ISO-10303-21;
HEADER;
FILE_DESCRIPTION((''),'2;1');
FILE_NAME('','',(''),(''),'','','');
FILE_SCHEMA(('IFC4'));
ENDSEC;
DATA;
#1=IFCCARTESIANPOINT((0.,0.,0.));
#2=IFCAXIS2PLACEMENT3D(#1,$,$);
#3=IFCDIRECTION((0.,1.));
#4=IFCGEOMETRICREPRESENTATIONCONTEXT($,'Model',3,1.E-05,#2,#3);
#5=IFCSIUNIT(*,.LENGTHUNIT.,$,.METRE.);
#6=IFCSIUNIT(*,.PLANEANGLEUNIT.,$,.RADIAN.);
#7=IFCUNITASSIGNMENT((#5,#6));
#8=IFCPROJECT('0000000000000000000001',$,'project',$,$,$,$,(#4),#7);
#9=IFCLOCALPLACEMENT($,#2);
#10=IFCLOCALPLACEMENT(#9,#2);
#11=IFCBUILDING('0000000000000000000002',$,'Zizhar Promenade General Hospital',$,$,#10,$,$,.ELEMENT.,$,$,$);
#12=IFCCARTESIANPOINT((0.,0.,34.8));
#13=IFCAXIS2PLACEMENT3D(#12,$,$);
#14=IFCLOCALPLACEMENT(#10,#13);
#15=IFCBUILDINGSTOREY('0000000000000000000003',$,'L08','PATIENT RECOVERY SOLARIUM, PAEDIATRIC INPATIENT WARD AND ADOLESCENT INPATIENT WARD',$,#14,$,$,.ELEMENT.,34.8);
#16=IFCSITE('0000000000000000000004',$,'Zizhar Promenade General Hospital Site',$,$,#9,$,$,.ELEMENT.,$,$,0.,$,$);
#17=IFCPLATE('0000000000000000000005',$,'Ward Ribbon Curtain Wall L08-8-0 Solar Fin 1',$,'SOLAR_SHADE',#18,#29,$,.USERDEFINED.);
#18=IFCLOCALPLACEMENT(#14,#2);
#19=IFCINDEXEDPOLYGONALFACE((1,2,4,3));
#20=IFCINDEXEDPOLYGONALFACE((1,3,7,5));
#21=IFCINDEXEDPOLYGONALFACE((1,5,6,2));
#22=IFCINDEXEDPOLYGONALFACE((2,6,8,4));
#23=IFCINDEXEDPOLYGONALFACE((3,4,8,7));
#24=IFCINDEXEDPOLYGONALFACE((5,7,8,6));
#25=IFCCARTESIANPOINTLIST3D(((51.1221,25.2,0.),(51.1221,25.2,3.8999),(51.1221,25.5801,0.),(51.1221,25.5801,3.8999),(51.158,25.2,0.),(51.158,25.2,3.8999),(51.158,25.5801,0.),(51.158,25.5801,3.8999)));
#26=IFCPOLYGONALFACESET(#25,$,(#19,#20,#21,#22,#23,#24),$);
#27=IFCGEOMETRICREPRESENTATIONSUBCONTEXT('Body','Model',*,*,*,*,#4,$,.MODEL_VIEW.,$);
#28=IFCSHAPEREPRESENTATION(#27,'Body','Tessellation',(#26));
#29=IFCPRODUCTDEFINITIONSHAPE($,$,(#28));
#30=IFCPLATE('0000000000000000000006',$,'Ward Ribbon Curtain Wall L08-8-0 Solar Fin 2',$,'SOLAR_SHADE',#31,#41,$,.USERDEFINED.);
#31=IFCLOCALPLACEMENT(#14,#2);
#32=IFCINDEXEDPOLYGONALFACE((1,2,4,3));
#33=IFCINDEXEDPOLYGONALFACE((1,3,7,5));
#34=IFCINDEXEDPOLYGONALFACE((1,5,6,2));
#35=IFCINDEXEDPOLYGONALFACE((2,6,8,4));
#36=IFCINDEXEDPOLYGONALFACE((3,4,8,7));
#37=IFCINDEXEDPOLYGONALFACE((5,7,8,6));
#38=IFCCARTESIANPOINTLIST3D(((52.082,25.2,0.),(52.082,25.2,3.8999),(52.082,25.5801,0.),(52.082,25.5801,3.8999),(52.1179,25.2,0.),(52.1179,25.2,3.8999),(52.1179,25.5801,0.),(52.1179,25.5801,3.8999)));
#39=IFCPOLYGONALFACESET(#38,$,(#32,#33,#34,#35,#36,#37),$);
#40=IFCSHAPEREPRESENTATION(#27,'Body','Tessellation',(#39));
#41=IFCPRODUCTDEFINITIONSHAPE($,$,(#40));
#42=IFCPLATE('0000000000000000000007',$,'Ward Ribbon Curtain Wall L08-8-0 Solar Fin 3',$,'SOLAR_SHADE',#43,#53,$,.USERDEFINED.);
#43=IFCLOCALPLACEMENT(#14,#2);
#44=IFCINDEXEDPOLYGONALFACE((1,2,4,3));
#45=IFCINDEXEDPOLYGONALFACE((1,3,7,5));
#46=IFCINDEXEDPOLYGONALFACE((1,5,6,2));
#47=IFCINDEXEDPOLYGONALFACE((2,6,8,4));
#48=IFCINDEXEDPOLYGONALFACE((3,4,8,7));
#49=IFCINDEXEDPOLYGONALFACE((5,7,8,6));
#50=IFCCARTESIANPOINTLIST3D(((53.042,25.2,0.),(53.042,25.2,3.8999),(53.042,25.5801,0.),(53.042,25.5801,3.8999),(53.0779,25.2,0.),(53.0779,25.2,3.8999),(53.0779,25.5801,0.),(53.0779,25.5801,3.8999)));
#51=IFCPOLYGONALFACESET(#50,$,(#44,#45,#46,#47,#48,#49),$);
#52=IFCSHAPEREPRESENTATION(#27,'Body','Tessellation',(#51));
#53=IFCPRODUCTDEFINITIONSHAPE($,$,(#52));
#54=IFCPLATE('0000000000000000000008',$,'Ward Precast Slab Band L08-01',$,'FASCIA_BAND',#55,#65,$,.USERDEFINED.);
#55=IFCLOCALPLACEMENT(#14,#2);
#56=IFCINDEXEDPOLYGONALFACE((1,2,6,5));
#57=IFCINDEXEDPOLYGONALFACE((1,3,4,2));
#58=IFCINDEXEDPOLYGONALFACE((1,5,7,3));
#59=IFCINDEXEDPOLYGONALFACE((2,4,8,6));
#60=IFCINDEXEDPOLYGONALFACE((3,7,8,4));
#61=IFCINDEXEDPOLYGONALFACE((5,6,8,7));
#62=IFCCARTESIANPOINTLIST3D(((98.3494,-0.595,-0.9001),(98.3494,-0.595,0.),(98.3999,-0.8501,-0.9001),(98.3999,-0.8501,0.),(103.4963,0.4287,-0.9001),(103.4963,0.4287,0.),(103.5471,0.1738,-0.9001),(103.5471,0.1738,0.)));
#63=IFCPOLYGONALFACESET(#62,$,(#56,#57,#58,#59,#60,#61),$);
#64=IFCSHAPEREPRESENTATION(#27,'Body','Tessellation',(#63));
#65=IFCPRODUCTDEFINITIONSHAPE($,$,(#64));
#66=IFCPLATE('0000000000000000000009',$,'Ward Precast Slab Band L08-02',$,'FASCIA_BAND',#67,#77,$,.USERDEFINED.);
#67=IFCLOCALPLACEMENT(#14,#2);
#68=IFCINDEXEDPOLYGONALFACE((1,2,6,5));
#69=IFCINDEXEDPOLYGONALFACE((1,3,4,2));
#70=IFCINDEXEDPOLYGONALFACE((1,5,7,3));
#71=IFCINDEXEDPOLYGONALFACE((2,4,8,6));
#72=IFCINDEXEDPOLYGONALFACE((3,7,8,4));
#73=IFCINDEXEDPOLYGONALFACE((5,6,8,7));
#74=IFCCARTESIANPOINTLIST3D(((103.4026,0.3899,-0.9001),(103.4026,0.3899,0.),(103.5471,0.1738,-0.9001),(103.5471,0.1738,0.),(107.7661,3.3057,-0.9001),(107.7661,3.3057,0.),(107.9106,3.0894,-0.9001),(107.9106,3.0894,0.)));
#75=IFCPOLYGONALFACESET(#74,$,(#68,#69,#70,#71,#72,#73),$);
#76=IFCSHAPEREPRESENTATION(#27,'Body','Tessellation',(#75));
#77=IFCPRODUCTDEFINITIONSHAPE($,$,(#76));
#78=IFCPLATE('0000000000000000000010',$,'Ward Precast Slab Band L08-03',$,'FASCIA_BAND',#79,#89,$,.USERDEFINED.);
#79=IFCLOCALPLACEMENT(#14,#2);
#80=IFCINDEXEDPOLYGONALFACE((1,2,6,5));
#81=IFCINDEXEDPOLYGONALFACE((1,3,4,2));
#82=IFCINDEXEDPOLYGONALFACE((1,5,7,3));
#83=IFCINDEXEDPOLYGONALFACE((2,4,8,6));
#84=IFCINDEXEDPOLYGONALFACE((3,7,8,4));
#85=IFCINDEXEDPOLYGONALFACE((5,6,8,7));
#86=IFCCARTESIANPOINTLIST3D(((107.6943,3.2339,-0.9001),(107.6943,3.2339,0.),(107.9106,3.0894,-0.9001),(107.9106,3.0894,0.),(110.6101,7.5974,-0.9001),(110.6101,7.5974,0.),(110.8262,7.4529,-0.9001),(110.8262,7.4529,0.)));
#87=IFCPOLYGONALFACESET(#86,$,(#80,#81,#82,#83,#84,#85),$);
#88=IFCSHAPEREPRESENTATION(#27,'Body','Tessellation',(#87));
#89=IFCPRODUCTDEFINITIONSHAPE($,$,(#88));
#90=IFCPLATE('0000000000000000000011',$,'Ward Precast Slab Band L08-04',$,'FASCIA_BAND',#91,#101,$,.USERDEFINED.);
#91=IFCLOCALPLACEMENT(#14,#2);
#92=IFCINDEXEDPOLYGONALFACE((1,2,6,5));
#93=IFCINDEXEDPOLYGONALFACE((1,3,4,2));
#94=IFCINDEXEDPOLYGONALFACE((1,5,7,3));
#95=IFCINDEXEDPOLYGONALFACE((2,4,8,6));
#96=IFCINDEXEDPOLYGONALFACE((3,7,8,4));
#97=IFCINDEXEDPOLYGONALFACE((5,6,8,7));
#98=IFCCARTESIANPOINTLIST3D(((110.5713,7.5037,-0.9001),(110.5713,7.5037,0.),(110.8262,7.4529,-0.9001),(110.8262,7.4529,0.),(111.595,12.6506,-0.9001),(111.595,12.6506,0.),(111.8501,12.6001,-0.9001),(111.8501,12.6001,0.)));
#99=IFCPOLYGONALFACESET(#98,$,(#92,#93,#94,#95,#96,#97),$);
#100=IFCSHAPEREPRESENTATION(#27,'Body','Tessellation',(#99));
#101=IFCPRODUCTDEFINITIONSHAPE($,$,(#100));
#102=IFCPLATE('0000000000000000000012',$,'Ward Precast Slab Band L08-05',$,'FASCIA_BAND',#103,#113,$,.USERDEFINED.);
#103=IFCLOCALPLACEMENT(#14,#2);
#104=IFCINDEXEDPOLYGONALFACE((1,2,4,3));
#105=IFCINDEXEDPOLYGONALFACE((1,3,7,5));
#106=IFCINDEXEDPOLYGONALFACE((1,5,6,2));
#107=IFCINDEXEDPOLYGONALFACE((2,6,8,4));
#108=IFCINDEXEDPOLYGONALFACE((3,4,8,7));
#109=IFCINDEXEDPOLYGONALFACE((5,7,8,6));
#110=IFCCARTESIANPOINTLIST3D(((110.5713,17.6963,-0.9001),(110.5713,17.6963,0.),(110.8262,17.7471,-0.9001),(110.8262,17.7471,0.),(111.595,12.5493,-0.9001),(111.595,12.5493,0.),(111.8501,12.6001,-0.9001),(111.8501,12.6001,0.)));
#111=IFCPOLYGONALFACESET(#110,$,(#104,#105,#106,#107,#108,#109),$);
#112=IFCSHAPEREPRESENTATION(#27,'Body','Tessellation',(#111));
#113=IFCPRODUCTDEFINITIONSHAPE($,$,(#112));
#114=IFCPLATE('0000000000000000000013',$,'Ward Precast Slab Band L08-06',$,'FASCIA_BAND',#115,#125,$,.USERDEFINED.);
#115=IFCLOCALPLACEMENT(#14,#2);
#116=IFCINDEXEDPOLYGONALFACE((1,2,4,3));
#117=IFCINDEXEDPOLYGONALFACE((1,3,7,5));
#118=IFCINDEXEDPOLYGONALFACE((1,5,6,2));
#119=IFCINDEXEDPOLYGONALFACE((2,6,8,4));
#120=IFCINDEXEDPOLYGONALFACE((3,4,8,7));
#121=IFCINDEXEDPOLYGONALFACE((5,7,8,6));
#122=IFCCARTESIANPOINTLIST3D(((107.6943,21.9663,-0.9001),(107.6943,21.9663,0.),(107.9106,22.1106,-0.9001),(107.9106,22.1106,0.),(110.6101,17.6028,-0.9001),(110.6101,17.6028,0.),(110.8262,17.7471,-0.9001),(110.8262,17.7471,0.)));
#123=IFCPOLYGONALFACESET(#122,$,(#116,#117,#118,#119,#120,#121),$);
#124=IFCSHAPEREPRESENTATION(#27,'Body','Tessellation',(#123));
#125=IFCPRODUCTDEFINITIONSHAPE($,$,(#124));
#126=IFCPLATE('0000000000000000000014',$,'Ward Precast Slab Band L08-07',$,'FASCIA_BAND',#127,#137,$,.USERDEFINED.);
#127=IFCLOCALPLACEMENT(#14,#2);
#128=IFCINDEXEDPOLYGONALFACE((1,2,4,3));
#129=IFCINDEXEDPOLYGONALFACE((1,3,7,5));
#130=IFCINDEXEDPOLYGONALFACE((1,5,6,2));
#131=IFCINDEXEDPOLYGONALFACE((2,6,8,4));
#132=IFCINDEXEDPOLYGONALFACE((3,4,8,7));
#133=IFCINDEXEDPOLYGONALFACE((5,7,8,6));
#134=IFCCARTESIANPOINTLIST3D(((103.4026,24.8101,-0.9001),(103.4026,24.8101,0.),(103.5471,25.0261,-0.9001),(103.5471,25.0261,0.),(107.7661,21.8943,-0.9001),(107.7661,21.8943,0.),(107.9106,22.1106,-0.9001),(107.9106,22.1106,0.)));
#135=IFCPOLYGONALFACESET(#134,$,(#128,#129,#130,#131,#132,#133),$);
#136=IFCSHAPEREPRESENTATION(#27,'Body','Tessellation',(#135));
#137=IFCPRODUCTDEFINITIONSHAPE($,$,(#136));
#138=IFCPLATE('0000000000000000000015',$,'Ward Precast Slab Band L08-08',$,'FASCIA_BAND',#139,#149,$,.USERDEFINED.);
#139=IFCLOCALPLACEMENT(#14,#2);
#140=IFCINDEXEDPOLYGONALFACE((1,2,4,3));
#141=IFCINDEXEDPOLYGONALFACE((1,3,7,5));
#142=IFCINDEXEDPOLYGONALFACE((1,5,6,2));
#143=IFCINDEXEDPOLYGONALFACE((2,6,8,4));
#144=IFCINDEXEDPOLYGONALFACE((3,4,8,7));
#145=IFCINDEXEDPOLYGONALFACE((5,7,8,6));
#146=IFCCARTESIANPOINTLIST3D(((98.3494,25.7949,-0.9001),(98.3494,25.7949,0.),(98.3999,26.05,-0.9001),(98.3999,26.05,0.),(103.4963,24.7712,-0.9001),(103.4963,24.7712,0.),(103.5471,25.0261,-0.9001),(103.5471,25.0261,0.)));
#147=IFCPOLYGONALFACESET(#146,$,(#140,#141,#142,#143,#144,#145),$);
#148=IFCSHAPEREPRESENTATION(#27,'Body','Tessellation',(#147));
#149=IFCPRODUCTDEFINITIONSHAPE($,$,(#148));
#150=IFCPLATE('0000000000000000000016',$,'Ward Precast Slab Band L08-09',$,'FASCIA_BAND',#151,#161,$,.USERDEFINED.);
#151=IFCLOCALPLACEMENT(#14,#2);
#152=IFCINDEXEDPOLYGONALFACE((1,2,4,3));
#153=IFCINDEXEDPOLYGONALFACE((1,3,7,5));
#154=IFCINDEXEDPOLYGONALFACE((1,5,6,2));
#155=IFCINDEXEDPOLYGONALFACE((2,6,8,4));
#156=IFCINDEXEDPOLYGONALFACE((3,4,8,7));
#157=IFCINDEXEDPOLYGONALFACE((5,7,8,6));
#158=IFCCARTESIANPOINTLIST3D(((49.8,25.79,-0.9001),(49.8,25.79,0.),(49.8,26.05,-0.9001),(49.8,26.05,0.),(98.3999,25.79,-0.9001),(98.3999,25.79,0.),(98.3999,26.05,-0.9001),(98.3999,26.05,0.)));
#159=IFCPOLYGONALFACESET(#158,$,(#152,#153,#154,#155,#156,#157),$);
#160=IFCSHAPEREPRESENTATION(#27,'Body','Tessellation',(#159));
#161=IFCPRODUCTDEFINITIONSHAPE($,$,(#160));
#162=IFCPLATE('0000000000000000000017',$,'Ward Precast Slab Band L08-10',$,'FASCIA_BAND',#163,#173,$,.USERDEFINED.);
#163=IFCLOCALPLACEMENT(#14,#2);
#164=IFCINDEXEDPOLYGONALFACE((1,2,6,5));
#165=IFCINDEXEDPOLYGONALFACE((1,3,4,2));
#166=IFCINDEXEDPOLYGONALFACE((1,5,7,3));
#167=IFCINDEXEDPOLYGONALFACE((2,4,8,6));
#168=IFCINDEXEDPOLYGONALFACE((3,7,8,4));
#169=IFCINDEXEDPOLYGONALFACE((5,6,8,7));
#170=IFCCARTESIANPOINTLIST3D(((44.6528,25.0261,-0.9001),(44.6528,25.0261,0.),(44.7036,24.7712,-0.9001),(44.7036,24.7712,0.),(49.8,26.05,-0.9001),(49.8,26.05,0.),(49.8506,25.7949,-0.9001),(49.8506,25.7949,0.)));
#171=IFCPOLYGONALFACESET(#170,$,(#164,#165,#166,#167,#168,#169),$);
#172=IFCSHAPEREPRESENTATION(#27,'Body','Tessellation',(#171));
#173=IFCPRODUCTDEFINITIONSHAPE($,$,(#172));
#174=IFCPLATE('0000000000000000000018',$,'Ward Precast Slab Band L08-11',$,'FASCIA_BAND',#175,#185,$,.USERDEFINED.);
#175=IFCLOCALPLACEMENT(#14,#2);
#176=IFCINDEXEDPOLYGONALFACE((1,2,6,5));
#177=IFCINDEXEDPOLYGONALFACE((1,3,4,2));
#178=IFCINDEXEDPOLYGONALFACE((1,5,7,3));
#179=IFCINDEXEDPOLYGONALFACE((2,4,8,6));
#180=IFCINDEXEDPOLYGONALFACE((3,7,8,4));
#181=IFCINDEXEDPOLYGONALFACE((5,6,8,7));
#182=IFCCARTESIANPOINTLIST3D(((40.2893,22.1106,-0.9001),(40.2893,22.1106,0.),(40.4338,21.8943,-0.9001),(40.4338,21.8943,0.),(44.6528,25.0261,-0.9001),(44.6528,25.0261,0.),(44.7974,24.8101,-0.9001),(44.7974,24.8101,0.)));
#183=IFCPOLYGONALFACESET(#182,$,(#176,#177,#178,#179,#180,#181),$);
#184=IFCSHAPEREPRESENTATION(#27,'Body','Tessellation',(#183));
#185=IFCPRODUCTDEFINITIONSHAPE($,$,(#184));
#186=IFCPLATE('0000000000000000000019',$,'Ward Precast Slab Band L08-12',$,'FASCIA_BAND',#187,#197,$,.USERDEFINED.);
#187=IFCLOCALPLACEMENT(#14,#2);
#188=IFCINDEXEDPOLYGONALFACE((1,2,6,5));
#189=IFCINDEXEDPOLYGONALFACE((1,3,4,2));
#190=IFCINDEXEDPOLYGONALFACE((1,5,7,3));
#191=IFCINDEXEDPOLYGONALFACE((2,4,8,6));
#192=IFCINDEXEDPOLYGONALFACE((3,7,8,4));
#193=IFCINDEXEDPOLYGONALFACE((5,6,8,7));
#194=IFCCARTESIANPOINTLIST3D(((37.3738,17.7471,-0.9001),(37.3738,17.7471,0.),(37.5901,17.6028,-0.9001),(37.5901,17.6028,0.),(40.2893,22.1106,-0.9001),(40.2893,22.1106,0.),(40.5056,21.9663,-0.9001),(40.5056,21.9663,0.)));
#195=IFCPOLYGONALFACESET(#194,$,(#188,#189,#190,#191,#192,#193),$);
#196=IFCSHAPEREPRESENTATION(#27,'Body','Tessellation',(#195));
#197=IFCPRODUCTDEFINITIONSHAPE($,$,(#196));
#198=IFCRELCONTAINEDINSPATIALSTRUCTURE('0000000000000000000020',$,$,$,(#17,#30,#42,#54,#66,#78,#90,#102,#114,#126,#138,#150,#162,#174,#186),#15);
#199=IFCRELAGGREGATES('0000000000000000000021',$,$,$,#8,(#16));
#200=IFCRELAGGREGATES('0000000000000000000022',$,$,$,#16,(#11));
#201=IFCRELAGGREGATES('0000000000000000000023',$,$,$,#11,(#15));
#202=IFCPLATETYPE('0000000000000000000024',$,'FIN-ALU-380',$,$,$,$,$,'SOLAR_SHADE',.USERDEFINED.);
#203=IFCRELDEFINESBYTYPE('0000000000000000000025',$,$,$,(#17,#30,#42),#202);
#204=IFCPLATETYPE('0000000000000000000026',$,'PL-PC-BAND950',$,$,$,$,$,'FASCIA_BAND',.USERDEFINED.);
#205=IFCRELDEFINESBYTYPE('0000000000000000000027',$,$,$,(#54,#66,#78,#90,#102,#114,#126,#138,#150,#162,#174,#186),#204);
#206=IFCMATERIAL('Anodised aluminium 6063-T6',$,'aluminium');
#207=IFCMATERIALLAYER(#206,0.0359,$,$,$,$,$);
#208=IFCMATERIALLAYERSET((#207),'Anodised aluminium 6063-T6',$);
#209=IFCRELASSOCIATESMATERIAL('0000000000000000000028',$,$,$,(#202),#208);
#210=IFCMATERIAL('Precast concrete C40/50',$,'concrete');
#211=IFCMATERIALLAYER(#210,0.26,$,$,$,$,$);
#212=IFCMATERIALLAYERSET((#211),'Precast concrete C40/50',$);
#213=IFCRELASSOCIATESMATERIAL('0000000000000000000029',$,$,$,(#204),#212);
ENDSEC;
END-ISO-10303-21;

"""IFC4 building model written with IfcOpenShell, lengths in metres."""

from ifc_helpers import new_model, si_unit, direction, frame, origin, place, context, subcontext, project, spatial, polyline, outline, extrude, material, layer, layer_set, type_object, element, save


model = new_model("IFC4")

# Units and contexts
model_context = context("Model", 3, precision=1e-05, world=origin(), true_north=direction((0.0, 1.0)))
body_context = subcontext(model_context, "Body", "Model", "MODEL_VIEW")
ifc_project = project(units=[si_unit("LENGTHUNIT", "METRE"), si_unit("PLANEANGLEUNIT", "RADIAN")], contexts=[model_context])

# Site, building, storey
site_placement = place(None, origin())
site = spatial("IfcSite", under=ifc_project, at=site_placement, Name="Zizhar Promenade General Hospital Site", CompositionType="ELEMENT", RefElevation=0.0)
building_placement = place(site_placement, origin())
building = spatial("IfcBuilding", under=site, at=building_placement, Name="Zizhar Promenade General Hospital", CompositionType="ELEMENT")
storey_placement = place(building_placement, frame((0.0, 0.0, 34.8)))
storey = spatial("IfcBuildingStorey", under=building, at=storey_placement, Name="L08", Description="PATIENT RECOVERY SOLARIUM, PAEDIATRIC INPATIENT WARD AND ADOLESCENT INPATIENT WARD", CompositionType="ELEMENT", Elevation=34.8)

# Plates
ifc_material_1 = material(Name="Anodised aluminium 6063-T6", Category="aluminium")
ifc_layer_1 = layer(ifc_material_1, 0.0359)
ifc_layer_set_1 = layer_set([ifc_layer_1], Name="Anodised aluminium 6063-T6")
plate_type_1 = type_object("IfcPlateType", Name="FIN-ALU-380", ElementType="SOLAR_SHADE", PredefinedType="USERDEFINED", material=ifc_layer_set_1)
plate_1_placement = place(storey_placement, origin())
element("IfcPlate", 1, at=plate_1_placement, inside=storey, type_object=plate_type_1, Name="Ward Ribbon Curtain Wall L08-8-0 Solar Fin 1", ObjectType="SOLAR_SHADE", PredefinedType="USERDEFINED", context=body_context, shape_type="SweptSolid", body=[
    extrude(outline(polyline([(51.1221, 25.2), (51.158, 25.2), (51.158, 25.5801), (51.1221, 25.5801), (51.1221, 25.2)])), origin(), (0.0, 0.0, 1.0), 3.8999),
])
plate_2_placement = place(storey_placement, origin())
element("IfcPlate", 2, at=plate_2_placement, inside=storey, type_object=plate_type_1, Name="Ward Ribbon Curtain Wall L08-8-0 Solar Fin 2", ObjectType="SOLAR_SHADE", PredefinedType="USERDEFINED", context=body_context, shape_type="SweptSolid", body=[
    extrude(outline(polyline([(52.082, 25.2), (52.1179, 25.2), (52.1179, 25.5801), (52.082, 25.5801), (52.082, 25.2)])), origin(), (0.0, 0.0, 1.0), 3.8999),
])
plate_3_placement = place(storey_placement, origin())
element("IfcPlate", 3, at=plate_3_placement, inside=storey, type_object=plate_type_1, Name="Ward Ribbon Curtain Wall L08-8-0 Solar Fin 3", ObjectType="SOLAR_SHADE", PredefinedType="USERDEFINED", context=body_context, shape_type="SweptSolid", body=[
    extrude(outline(polyline([(53.042, 25.2), (53.0779, 25.2), (53.0779, 25.5801), (53.042, 25.5801), (53.042, 25.2)])), origin(), (0.0, 0.0, 1.0), 3.8999),
])
ifc_material_2 = material(Name="Precast concrete C40/50", Category="concrete")
ifc_layer_2 = layer(ifc_material_2, 0.26)
ifc_layer_set_2 = layer_set([ifc_layer_2], Name="Precast concrete C40/50")
plate_type_2 = type_object("IfcPlateType", Name="PL-PC-BAND950", ElementType="FASCIA_BAND", PredefinedType="USERDEFINED", material=ifc_layer_set_2)
plate_4_placement = place(storey_placement, frame((0.0, 0.0, -0.9001)))
element("IfcPlate", 4, at=plate_4_placement, inside=storey, type_object=plate_type_2, Name="Ward Precast Slab Band L08-01", ObjectType="FASCIA_BAND", PredefinedType="USERDEFINED", context=body_context, shape_type="SweptSolid", body=[
    extrude(outline(polyline([(98.3999, -0.8501), (103.5471, 0.1738), (103.4963, 0.4287), (98.3494, -0.595), (98.3999, -0.8501)])), origin(), (0.0, 0.0, 1.0), 0.9001),
])
plate_5_placement = place(storey_placement, frame((0.0, 0.0, -0.9001)))
element("IfcPlate", 5, at=plate_5_placement, inside=storey, type_object=plate_type_2, Name="Ward Precast Slab Band L08-02", ObjectType="FASCIA_BAND", PredefinedType="USERDEFINED", context=body_context, shape_type="SweptSolid", body=[
    extrude(outline(polyline([(103.5471, 0.1738), (107.9106, 3.0894), (107.7661, 3.3057), (103.4026, 0.3899), (103.5471, 0.1738)])), origin(), (0.0, 0.0, 1.0), 0.9001),
])
plate_6_placement = place(storey_placement, frame((0.0, 0.0, -0.9001)))
element("IfcPlate", 6, at=plate_6_placement, inside=storey, type_object=plate_type_2, Name="Ward Precast Slab Band L08-03", ObjectType="FASCIA_BAND", PredefinedType="USERDEFINED", context=body_context, shape_type="SweptSolid", body=[
    extrude(outline(polyline([(107.9106, 3.0894), (110.8262, 7.4529), (110.6101, 7.5974), (107.6943, 3.2339), (107.9106, 3.0894)])), origin(), (0.0, 0.0, 1.0), 0.9001),
])
plate_7_placement = place(storey_placement, frame((0.0, 0.0, -0.9001)))
element("IfcPlate", 7, at=plate_7_placement, inside=storey, type_object=plate_type_2, Name="Ward Precast Slab Band L08-04", ObjectType="FASCIA_BAND", PredefinedType="USERDEFINED", context=body_context, shape_type="SweptSolid", body=[
    extrude(outline(polyline([(110.8262, 7.4529), (111.8501, 12.6001), (111.595, 12.6506), (110.5713, 7.5037), (110.8262, 7.4529)])), origin(), (0.0, 0.0, 1.0), 0.9001),
])
plate_8_placement = place(storey_placement, frame((0.0, 0.0, -0.9001)))
element("IfcPlate", 8, at=plate_8_placement, inside=storey, type_object=plate_type_2, Name="Ward Precast Slab Band L08-05", ObjectType="FASCIA_BAND", PredefinedType="USERDEFINED", context=body_context, shape_type="SweptSolid", body=[
    extrude(outline(polyline([(111.8501, 12.6001), (110.8262, 17.7471), (110.5713, 17.6963), (111.595, 12.5493), (111.8501, 12.6001)])), origin(), (0.0, 0.0, 1.0), 0.9001),
])
plate_9_placement = place(storey_placement, frame((0.0, 0.0, -0.9001)))
element("IfcPlate", 9, at=plate_9_placement, inside=storey, type_object=plate_type_2, Name="Ward Precast Slab Band L08-06", ObjectType="FASCIA_BAND", PredefinedType="USERDEFINED", context=body_context, shape_type="SweptSolid", body=[
    extrude(outline(polyline([(110.8262, 17.7471), (107.9106, 22.1106), (107.6943, 21.9663), (110.6101, 17.6028), (110.8262, 17.7471)])), origin(), (0.0, 0.0, 1.0), 0.9001),
])
plate_10_placement = place(storey_placement, frame((0.0, 0.0, -0.9001)))
element("IfcPlate", 10, at=plate_10_placement, inside=storey, type_object=plate_type_2, Name="Ward Precast Slab Band L08-07", ObjectType="FASCIA_BAND", PredefinedType="USERDEFINED", context=body_context, shape_type="SweptSolid", body=[
    extrude(outline(polyline([(107.9106, 22.1106), (103.5471, 25.0261), (103.4026, 24.8101), (107.7661, 21.8943), (107.9106, 22.1106)])), origin(), (0.0, 0.0, 1.0), 0.9001),
])
plate_11_placement = place(storey_placement, frame((0.0, 0.0, -0.9001)))
element("IfcPlate", 11, at=plate_11_placement, inside=storey, type_object=plate_type_2, Name="Ward Precast Slab Band L08-08", ObjectType="FASCIA_BAND", PredefinedType="USERDEFINED", context=body_context, shape_type="SweptSolid", body=[
    extrude(outline(polyline([(103.5471, 25.0261), (98.3999, 26.05), (98.3494, 25.7949), (103.4963, 24.7712), (103.5471, 25.0261)])), origin(), (0.0, 0.0, 1.0), 0.9001),
])
plate_12_placement = place(storey_placement, frame((0.0, 0.0, -0.9001)))
element("IfcPlate", 12, at=plate_12_placement, inside=storey, type_object=plate_type_2, Name="Ward Precast Slab Band L08-09", ObjectType="FASCIA_BAND", PredefinedType="USERDEFINED", context=body_context, shape_type="SweptSolid", body=[
    extrude(outline(polyline([(98.3999, 26.05), (49.8, 26.05), (49.8, 25.79), (98.3999, 25.79), (98.3999, 26.05)])), origin(), (0.0, 0.0, 1.0), 0.9001),
])
plate_13_placement = place(storey_placement, frame((0.0, 0.0, -0.9001)))
element("IfcPlate", 13, at=plate_13_placement, inside=storey, type_object=plate_type_2, Name="Ward Precast Slab Band L08-10", ObjectType="FASCIA_BAND", PredefinedType="USERDEFINED", context=body_context, shape_type="SweptSolid", body=[
    extrude(outline(polyline([(49.8, 26.05), (44.6528, 25.0261), (44.7036, 24.7712), (49.8506, 25.7949), (49.8, 26.05)])), origin(), (0.0, 0.0, 1.0), 0.9001),
])
plate_14_placement = place(storey_placement, frame((0.0, 0.0, -0.9001)))
element("IfcPlate", 14, at=plate_14_placement, inside=storey, type_object=plate_type_2, Name="Ward Precast Slab Band L08-11", ObjectType="FASCIA_BAND", PredefinedType="USERDEFINED", context=body_context, shape_type="SweptSolid", body=[
    extrude(outline(polyline([(44.6528, 25.0261), (40.2893, 22.1106), (40.4338, 21.8943), (44.7974, 24.8101), (44.6528, 25.0261)])), origin(), (0.0, 0.0, 1.0), 0.9001),
])
plate_15_placement = place(storey_placement, frame((0.0, 0.0, -0.9001)))
element("IfcPlate", 15, at=plate_15_placement, inside=storey, type_object=plate_type_2, Name="Ward Precast Slab Band L08-12", ObjectType="FASCIA_BAND", PredefinedType="USERDEFINED", context=body_context, shape_type="SweptSolid", body=[
    extrude(outline(polyline([(40.2893, 22.1106), (37.3738, 17.7471), (37.5901, 17.6028), (40.5056, 21.9663), (40.2893, 22.1106)])), origin(), (0.0, 0.0, 1.0), 0.9001),
])

save(model, "model.ifc")
